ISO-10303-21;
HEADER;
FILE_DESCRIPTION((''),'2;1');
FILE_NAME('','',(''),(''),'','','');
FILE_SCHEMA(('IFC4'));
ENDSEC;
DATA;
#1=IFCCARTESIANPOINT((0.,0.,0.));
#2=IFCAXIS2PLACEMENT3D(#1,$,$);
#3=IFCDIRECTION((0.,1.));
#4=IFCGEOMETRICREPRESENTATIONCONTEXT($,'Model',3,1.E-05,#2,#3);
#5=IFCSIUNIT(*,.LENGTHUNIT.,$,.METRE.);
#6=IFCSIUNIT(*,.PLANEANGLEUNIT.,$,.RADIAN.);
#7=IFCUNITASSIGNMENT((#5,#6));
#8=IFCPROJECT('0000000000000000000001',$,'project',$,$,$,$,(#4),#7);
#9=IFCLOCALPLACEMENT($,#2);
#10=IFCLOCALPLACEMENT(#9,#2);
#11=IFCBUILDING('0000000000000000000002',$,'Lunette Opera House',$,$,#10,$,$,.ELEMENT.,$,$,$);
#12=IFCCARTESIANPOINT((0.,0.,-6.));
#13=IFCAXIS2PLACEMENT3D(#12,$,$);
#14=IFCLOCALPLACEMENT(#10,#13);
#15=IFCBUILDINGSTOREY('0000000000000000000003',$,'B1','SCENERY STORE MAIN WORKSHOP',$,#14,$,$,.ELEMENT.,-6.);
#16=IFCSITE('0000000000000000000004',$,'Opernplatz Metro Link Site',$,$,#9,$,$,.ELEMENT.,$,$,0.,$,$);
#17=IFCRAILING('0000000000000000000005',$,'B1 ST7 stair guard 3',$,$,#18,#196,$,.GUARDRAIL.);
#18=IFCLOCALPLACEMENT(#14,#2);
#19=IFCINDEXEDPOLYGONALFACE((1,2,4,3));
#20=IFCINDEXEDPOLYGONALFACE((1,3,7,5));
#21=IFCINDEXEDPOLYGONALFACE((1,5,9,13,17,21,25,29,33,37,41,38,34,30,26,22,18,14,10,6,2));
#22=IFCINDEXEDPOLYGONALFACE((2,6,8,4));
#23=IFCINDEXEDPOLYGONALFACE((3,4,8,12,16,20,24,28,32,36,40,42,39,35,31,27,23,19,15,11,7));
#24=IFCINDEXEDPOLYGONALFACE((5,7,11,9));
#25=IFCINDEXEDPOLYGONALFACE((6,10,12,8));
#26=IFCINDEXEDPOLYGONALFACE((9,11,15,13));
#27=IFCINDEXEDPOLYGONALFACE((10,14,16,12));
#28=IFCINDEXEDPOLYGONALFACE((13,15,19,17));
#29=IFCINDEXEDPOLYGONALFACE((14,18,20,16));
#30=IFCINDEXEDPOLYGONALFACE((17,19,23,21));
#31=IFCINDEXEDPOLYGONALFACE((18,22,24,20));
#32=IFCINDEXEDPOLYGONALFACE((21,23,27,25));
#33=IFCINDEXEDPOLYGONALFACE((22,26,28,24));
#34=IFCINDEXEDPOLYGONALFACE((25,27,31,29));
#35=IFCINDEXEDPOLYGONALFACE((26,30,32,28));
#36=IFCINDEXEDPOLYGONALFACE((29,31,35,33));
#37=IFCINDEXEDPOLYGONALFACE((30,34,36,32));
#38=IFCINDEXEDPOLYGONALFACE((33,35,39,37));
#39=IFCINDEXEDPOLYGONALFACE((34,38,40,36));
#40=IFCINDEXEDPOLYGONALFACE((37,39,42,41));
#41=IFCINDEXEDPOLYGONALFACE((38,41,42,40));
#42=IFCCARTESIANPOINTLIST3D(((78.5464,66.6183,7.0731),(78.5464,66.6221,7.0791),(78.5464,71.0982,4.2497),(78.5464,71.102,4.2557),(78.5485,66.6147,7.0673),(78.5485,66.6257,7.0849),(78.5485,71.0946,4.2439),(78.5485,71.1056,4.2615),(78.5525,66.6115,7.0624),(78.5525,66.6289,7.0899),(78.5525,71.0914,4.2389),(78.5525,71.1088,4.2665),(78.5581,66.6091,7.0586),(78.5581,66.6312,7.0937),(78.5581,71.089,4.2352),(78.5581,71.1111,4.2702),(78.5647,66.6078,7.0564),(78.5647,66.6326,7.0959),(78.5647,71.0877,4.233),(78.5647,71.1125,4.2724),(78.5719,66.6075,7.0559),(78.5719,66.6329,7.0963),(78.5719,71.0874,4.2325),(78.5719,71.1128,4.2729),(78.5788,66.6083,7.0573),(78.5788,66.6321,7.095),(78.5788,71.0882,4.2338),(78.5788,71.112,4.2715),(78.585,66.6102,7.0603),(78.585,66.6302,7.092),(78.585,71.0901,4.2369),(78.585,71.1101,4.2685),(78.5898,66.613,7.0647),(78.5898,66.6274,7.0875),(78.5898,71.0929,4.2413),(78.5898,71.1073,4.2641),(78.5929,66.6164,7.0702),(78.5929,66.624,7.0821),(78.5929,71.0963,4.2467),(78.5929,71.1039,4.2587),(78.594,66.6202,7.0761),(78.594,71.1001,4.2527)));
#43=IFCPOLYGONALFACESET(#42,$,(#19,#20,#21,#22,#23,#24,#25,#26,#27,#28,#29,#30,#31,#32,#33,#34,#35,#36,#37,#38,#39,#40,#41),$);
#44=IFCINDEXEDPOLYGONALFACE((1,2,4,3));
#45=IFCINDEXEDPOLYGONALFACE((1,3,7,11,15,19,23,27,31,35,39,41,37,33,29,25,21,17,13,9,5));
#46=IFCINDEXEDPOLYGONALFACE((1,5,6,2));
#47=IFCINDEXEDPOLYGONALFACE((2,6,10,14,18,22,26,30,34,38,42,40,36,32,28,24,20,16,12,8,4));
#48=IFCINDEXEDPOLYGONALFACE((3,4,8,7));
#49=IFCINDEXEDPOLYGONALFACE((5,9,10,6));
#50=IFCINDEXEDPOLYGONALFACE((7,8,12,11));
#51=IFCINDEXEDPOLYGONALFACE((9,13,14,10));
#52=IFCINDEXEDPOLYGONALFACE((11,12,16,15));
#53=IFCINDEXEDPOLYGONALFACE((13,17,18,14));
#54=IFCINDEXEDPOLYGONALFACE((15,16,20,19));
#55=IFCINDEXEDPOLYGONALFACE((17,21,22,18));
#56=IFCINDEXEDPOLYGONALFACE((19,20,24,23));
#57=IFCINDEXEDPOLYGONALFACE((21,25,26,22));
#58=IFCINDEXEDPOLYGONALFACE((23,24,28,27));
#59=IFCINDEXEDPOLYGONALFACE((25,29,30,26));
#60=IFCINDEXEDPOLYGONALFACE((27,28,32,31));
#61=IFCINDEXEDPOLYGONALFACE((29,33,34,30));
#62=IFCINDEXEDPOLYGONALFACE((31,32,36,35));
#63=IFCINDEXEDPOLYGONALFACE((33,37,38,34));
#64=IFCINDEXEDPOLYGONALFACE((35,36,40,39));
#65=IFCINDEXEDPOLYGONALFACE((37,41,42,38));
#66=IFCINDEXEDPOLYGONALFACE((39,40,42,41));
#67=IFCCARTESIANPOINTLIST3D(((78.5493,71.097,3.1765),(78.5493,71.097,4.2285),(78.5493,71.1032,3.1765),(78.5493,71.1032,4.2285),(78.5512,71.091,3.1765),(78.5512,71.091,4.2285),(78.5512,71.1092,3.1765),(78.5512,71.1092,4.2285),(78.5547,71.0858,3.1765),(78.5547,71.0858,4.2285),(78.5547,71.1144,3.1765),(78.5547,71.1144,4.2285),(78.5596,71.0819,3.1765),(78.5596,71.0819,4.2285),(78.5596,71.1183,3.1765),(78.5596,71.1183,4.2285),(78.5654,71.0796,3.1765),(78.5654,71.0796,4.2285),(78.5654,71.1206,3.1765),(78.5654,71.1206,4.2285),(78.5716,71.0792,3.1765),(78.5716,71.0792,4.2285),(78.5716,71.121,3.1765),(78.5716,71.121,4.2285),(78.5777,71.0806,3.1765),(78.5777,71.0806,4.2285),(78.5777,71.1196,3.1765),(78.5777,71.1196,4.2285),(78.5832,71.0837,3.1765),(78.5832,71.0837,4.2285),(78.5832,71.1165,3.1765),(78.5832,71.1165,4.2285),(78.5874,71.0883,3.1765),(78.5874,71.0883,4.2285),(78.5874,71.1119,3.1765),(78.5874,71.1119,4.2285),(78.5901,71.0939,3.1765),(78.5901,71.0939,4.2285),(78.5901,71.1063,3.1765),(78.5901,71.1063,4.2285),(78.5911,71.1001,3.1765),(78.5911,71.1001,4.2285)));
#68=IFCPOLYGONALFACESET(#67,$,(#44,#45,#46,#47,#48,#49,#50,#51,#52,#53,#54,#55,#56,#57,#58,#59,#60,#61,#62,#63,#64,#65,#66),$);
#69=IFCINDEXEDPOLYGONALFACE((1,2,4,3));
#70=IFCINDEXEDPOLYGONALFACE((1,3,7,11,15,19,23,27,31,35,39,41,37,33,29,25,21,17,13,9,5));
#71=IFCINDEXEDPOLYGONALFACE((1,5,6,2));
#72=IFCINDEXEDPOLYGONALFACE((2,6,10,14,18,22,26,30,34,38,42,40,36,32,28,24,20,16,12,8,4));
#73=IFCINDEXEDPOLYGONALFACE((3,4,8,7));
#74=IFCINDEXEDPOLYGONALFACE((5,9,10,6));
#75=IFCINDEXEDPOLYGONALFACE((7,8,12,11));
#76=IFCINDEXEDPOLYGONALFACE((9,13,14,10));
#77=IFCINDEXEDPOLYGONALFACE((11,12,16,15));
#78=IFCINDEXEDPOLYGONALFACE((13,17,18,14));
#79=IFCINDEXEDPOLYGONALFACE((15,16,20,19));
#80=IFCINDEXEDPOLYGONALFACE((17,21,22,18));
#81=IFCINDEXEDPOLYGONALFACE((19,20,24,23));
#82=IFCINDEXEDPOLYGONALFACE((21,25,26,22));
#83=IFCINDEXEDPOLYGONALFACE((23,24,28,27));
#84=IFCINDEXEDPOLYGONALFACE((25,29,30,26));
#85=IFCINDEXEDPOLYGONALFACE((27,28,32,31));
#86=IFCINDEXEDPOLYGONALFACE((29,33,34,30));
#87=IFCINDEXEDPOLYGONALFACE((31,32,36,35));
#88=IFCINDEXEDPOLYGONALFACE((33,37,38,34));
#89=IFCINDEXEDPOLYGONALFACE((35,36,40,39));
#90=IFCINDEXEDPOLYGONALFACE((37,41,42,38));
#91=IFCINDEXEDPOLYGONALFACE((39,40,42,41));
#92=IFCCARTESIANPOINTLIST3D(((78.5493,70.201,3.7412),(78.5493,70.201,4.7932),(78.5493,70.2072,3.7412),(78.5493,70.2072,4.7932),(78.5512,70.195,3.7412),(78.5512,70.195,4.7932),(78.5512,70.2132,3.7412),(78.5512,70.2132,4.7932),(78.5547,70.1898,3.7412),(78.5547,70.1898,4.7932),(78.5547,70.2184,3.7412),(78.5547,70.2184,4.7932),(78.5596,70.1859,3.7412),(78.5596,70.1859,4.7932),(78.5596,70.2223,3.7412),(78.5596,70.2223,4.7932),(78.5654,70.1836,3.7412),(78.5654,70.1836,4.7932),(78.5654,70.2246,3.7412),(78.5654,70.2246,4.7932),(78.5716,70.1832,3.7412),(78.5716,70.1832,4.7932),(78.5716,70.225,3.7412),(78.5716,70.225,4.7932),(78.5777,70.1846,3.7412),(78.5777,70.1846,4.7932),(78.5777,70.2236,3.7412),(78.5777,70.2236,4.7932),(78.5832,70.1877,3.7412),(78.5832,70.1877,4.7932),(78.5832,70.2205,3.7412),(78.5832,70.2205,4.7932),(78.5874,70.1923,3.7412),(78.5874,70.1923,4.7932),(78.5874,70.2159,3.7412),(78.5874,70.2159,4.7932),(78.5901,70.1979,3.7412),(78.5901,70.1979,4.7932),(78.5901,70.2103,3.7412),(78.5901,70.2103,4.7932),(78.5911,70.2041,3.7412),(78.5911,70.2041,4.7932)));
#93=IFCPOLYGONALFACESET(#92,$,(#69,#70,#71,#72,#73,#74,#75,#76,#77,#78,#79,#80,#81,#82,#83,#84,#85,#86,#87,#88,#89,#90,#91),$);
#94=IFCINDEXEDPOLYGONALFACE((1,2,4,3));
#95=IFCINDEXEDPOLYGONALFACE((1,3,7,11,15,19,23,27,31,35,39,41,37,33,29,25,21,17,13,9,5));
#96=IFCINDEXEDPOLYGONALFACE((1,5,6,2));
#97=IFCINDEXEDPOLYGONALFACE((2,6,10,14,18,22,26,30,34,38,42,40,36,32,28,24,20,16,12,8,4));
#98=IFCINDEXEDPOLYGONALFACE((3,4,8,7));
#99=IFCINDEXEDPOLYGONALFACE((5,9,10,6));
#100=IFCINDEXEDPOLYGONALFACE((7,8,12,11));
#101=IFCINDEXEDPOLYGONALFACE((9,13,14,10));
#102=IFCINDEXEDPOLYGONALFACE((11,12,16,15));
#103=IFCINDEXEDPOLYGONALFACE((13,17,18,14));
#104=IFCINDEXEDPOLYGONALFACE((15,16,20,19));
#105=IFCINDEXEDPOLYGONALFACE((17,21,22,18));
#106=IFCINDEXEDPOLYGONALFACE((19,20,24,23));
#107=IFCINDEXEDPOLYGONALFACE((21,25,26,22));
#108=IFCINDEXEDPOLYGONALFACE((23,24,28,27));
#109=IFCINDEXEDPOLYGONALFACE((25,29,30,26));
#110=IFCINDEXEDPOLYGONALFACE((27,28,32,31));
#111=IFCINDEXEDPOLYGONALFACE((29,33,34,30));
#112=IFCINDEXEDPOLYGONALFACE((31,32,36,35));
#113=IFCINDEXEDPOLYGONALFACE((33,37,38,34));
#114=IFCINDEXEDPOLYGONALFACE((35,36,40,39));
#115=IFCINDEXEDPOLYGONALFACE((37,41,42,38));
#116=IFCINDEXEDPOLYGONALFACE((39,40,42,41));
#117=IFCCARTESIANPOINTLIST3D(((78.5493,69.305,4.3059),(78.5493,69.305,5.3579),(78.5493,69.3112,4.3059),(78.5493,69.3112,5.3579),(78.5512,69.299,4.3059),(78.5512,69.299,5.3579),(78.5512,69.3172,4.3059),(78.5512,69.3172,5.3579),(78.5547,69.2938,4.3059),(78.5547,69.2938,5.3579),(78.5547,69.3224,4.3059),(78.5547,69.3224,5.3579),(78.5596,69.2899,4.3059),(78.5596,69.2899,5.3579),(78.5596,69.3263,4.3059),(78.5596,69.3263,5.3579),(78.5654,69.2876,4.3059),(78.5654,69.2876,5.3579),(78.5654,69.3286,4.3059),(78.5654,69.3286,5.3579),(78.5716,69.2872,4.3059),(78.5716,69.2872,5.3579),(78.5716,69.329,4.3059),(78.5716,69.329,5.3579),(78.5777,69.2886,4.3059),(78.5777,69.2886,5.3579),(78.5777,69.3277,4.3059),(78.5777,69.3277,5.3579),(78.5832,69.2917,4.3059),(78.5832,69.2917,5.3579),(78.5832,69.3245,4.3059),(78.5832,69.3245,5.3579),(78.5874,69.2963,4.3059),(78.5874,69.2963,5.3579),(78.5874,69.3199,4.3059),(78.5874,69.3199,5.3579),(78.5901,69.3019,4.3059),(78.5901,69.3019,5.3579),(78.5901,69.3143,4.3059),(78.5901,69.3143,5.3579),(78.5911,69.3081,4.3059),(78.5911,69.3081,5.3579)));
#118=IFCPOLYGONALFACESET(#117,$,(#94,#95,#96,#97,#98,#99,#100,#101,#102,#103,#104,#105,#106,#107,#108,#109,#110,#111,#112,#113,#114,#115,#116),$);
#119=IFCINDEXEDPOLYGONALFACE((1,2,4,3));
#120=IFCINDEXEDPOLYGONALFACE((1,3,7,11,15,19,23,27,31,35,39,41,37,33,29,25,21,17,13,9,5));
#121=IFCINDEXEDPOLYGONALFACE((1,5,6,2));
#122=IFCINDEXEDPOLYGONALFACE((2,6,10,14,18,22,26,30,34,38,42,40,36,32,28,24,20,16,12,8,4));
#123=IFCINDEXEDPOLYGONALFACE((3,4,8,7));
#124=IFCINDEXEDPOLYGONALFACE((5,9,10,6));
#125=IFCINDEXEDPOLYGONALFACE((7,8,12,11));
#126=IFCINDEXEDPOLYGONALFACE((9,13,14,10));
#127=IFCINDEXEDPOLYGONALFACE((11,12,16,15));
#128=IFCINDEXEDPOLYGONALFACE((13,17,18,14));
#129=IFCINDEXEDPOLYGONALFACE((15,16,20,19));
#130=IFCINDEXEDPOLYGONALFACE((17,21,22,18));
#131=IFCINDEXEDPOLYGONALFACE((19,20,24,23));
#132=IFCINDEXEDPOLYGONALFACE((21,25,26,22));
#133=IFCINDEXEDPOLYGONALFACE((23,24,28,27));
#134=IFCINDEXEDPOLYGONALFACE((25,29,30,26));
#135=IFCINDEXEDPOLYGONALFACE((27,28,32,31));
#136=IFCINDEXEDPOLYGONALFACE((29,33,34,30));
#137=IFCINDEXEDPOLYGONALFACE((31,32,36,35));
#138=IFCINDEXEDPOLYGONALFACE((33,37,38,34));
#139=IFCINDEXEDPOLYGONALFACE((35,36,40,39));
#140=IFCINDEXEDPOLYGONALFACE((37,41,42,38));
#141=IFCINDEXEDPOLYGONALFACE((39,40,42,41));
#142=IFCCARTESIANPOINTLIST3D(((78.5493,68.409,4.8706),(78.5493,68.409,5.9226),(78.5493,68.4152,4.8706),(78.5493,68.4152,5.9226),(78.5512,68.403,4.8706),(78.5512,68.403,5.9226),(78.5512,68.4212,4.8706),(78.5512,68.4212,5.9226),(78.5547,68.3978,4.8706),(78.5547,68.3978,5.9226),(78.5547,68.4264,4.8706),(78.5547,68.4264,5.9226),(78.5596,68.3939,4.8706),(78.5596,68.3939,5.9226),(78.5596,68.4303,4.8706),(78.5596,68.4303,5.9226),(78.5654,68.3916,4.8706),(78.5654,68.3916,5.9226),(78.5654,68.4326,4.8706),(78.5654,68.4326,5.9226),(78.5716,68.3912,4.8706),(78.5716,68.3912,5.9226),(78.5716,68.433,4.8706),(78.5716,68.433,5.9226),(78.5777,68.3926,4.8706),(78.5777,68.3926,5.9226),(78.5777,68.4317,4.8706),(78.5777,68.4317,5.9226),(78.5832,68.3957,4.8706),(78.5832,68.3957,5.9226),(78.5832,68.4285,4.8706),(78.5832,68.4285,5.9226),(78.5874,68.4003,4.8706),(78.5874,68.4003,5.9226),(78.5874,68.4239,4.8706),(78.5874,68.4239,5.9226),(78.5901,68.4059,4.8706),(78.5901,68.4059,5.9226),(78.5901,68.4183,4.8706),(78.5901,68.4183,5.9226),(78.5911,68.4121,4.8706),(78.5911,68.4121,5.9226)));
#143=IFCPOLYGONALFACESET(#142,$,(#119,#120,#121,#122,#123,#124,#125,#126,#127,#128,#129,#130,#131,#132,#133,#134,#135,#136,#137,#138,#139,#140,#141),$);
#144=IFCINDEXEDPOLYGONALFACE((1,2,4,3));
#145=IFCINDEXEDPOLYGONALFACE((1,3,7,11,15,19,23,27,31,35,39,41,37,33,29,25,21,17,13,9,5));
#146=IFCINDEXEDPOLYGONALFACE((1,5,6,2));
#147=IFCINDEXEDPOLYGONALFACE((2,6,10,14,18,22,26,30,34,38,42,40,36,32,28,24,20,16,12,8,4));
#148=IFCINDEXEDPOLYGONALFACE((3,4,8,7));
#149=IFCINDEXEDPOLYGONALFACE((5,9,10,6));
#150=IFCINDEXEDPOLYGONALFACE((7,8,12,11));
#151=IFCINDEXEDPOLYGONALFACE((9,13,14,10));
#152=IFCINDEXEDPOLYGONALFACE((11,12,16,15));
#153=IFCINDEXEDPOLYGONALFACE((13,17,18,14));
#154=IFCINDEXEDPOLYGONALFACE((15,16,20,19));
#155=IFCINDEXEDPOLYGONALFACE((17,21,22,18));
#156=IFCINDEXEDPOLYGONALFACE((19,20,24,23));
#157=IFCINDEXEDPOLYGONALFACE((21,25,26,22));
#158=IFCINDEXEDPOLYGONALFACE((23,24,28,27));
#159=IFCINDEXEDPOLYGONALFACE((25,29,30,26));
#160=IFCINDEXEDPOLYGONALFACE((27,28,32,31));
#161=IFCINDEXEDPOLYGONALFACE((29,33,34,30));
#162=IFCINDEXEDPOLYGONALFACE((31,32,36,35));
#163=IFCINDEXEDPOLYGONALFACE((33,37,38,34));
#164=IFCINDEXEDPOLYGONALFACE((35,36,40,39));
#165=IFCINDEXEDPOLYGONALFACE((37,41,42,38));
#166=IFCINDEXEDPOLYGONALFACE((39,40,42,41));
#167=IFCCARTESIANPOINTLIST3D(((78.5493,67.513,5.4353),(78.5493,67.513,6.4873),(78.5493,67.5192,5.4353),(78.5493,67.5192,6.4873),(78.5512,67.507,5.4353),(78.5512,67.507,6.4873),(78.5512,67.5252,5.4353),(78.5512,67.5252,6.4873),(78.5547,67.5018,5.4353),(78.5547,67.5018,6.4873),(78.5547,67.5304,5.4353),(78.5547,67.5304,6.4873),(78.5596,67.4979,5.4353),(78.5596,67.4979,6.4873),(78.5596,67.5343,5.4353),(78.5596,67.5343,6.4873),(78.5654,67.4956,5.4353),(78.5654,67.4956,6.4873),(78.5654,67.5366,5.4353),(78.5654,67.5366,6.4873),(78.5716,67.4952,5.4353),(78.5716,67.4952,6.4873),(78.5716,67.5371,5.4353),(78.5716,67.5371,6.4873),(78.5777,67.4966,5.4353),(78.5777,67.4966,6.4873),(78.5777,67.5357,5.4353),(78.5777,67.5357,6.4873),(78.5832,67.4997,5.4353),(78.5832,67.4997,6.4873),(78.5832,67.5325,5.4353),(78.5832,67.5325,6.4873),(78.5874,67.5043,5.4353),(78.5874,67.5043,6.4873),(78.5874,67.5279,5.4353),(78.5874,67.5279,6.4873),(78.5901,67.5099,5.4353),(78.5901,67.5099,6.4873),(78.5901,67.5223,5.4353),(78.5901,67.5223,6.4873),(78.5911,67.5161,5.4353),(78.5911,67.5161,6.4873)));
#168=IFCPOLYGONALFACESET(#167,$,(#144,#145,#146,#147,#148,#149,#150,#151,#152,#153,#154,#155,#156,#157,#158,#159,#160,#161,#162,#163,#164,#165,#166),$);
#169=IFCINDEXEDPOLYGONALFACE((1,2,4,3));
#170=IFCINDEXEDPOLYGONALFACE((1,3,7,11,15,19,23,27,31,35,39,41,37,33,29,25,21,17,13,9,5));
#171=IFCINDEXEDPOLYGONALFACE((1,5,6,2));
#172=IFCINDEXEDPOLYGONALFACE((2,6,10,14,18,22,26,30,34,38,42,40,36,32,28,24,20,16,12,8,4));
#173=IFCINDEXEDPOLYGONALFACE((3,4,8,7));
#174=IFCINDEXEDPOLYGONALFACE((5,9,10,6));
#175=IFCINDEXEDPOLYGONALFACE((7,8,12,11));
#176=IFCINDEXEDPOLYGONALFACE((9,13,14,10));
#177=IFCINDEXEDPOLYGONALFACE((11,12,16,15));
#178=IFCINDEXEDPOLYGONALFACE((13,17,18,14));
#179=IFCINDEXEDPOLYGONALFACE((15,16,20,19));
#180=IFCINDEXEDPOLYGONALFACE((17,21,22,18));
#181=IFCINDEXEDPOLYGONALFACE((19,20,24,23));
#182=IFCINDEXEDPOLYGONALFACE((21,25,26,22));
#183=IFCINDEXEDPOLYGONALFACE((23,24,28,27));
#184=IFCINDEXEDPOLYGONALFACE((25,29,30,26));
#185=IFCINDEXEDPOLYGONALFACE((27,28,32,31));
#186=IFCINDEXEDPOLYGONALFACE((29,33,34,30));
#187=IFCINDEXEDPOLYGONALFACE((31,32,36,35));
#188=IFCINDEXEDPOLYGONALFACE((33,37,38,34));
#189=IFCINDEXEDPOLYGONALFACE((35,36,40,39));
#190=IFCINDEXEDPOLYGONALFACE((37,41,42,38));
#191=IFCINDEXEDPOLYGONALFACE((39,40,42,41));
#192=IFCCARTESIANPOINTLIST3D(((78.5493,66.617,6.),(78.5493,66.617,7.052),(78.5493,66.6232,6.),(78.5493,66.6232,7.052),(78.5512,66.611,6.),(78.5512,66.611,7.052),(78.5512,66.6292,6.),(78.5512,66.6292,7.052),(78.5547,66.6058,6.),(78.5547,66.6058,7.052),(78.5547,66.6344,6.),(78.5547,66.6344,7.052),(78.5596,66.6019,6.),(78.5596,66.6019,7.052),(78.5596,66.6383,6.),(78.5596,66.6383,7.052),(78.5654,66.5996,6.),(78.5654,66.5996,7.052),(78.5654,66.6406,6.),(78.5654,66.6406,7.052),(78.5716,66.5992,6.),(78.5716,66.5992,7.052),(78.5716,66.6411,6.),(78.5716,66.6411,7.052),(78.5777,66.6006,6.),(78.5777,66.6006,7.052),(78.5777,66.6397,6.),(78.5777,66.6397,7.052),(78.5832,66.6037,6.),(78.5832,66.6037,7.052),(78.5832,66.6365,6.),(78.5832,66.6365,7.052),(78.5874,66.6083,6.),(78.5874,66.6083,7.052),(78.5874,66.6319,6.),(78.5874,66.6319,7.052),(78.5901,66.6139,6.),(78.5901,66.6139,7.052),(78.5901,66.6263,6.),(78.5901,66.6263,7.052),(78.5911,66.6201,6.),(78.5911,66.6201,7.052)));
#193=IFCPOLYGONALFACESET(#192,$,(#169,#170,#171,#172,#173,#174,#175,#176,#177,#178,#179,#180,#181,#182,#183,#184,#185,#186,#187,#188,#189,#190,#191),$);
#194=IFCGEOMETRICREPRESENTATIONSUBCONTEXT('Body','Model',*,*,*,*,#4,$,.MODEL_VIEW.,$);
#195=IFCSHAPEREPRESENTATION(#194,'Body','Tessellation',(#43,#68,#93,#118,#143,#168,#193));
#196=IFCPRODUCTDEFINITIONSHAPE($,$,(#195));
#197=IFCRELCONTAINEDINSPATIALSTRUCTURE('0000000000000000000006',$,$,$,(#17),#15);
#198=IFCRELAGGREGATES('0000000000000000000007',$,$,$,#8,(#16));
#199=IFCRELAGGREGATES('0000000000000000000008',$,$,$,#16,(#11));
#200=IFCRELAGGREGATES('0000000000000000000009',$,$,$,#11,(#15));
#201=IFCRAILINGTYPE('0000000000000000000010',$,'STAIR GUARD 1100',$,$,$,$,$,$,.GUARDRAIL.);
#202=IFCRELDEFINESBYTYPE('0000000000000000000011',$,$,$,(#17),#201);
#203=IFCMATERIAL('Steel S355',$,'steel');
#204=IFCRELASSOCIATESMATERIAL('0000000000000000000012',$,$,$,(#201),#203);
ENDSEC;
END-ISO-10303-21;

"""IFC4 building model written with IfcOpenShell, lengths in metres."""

from ifc_helpers import new_model, si_unit, direction, frame, origin, origin_2d, place, context, subcontext, project, spatial, circle, extrude, material, type_object, element, save


model = new_model("IFC4")

# Units and contexts
model_context = context("Model", 3, precision=1e-05, world=origin(), true_north=direction((0.0, 1.0)))
body_context = subcontext(model_context, "Body", "Model", "MODEL_VIEW")
ifc_project = project(units=[si_unit("LENGTHUNIT", "METRE"), si_unit("PLANEANGLEUNIT", "RADIAN")], contexts=[model_context])

# Site, building, storey
site_placement = place(None, origin())
site = spatial("IfcSite", under=ifc_project, at=site_placement, Name="Opernplatz Metro Link Site", CompositionType="ELEMENT", RefElevation=0.0)
building_placement = place(site_placement, origin())
building = spatial("IfcBuilding", under=site, at=building_placement, Name="Lunette Opera House", CompositionType="ELEMENT")
storey_placement = place(building_placement, frame((0.0, 0.0, -6.0)))
storey = spatial("IfcBuildingStorey", under=building, at=storey_placement, Name="B1", Description="SCENERY STORE MAIN WORKSHOP", CompositionType="ELEMENT", Elevation=-6.0)

# Railing
ifc_material_1 = material(Name="Steel S355", Category="steel")
railing_type_1 = type_object("IfcRailingType", Name="STAIR GUARD 1100", PredefinedType="GUARDRAIL", material=ifc_material_1)
railing_1_placement = place(storey_placement, frame((78.5701, 71.1001, 3.1765)))
element("IfcRailing", 1, at=railing_1_placement, inside=storey, type_object=railing_type_1, Name="B1 ST7 stair guard 3", PredefinedType="GUARDRAIL", context=body_context, shape_type="SweptSolid", body=[
    extrude(circle(Radius=0.0239, at=origin_2d()), frame((0.0, 0.0, 1.0762), z_axis=(0.0, -0.845998, 0.533186), x_axis=(1.0, 0.0, 0.0)), (0.0, 0.0, 1.0), 5.2954),
    extrude(circle(Radius=0.021, at=origin_2d()), origin(), (0.0, 0.0, 1.0), 1.052),
    extrude(circle(Radius=0.021, at=origin_2d()), frame((0.0, -0.896, 0.5647)), (0.0, 0.0, 1.0), 1.052),
    extrude(circle(Radius=0.021, at=origin_2d()), frame((0.0, -1.792, 1.1294)), (0.0, 0.0, 1.0), 1.052),
    extrude(circle(Radius=0.021, at=origin_2d()), frame((0.0, -2.688, 1.6941)), (0.0, 0.0, 1.0), 1.052),
    extrude(circle(Radius=0.021, at=origin_2d()), frame((0.0, -3.584, 2.2588)), (0.0, 0.0, 1.0), 1.052),
    extrude(circle(Radius=0.021, at=origin_2d()), frame((0.0, -4.48, 2.8235)), (0.0, 0.0, 1.0), 1.052),
])

save(model, "model.ifc")
